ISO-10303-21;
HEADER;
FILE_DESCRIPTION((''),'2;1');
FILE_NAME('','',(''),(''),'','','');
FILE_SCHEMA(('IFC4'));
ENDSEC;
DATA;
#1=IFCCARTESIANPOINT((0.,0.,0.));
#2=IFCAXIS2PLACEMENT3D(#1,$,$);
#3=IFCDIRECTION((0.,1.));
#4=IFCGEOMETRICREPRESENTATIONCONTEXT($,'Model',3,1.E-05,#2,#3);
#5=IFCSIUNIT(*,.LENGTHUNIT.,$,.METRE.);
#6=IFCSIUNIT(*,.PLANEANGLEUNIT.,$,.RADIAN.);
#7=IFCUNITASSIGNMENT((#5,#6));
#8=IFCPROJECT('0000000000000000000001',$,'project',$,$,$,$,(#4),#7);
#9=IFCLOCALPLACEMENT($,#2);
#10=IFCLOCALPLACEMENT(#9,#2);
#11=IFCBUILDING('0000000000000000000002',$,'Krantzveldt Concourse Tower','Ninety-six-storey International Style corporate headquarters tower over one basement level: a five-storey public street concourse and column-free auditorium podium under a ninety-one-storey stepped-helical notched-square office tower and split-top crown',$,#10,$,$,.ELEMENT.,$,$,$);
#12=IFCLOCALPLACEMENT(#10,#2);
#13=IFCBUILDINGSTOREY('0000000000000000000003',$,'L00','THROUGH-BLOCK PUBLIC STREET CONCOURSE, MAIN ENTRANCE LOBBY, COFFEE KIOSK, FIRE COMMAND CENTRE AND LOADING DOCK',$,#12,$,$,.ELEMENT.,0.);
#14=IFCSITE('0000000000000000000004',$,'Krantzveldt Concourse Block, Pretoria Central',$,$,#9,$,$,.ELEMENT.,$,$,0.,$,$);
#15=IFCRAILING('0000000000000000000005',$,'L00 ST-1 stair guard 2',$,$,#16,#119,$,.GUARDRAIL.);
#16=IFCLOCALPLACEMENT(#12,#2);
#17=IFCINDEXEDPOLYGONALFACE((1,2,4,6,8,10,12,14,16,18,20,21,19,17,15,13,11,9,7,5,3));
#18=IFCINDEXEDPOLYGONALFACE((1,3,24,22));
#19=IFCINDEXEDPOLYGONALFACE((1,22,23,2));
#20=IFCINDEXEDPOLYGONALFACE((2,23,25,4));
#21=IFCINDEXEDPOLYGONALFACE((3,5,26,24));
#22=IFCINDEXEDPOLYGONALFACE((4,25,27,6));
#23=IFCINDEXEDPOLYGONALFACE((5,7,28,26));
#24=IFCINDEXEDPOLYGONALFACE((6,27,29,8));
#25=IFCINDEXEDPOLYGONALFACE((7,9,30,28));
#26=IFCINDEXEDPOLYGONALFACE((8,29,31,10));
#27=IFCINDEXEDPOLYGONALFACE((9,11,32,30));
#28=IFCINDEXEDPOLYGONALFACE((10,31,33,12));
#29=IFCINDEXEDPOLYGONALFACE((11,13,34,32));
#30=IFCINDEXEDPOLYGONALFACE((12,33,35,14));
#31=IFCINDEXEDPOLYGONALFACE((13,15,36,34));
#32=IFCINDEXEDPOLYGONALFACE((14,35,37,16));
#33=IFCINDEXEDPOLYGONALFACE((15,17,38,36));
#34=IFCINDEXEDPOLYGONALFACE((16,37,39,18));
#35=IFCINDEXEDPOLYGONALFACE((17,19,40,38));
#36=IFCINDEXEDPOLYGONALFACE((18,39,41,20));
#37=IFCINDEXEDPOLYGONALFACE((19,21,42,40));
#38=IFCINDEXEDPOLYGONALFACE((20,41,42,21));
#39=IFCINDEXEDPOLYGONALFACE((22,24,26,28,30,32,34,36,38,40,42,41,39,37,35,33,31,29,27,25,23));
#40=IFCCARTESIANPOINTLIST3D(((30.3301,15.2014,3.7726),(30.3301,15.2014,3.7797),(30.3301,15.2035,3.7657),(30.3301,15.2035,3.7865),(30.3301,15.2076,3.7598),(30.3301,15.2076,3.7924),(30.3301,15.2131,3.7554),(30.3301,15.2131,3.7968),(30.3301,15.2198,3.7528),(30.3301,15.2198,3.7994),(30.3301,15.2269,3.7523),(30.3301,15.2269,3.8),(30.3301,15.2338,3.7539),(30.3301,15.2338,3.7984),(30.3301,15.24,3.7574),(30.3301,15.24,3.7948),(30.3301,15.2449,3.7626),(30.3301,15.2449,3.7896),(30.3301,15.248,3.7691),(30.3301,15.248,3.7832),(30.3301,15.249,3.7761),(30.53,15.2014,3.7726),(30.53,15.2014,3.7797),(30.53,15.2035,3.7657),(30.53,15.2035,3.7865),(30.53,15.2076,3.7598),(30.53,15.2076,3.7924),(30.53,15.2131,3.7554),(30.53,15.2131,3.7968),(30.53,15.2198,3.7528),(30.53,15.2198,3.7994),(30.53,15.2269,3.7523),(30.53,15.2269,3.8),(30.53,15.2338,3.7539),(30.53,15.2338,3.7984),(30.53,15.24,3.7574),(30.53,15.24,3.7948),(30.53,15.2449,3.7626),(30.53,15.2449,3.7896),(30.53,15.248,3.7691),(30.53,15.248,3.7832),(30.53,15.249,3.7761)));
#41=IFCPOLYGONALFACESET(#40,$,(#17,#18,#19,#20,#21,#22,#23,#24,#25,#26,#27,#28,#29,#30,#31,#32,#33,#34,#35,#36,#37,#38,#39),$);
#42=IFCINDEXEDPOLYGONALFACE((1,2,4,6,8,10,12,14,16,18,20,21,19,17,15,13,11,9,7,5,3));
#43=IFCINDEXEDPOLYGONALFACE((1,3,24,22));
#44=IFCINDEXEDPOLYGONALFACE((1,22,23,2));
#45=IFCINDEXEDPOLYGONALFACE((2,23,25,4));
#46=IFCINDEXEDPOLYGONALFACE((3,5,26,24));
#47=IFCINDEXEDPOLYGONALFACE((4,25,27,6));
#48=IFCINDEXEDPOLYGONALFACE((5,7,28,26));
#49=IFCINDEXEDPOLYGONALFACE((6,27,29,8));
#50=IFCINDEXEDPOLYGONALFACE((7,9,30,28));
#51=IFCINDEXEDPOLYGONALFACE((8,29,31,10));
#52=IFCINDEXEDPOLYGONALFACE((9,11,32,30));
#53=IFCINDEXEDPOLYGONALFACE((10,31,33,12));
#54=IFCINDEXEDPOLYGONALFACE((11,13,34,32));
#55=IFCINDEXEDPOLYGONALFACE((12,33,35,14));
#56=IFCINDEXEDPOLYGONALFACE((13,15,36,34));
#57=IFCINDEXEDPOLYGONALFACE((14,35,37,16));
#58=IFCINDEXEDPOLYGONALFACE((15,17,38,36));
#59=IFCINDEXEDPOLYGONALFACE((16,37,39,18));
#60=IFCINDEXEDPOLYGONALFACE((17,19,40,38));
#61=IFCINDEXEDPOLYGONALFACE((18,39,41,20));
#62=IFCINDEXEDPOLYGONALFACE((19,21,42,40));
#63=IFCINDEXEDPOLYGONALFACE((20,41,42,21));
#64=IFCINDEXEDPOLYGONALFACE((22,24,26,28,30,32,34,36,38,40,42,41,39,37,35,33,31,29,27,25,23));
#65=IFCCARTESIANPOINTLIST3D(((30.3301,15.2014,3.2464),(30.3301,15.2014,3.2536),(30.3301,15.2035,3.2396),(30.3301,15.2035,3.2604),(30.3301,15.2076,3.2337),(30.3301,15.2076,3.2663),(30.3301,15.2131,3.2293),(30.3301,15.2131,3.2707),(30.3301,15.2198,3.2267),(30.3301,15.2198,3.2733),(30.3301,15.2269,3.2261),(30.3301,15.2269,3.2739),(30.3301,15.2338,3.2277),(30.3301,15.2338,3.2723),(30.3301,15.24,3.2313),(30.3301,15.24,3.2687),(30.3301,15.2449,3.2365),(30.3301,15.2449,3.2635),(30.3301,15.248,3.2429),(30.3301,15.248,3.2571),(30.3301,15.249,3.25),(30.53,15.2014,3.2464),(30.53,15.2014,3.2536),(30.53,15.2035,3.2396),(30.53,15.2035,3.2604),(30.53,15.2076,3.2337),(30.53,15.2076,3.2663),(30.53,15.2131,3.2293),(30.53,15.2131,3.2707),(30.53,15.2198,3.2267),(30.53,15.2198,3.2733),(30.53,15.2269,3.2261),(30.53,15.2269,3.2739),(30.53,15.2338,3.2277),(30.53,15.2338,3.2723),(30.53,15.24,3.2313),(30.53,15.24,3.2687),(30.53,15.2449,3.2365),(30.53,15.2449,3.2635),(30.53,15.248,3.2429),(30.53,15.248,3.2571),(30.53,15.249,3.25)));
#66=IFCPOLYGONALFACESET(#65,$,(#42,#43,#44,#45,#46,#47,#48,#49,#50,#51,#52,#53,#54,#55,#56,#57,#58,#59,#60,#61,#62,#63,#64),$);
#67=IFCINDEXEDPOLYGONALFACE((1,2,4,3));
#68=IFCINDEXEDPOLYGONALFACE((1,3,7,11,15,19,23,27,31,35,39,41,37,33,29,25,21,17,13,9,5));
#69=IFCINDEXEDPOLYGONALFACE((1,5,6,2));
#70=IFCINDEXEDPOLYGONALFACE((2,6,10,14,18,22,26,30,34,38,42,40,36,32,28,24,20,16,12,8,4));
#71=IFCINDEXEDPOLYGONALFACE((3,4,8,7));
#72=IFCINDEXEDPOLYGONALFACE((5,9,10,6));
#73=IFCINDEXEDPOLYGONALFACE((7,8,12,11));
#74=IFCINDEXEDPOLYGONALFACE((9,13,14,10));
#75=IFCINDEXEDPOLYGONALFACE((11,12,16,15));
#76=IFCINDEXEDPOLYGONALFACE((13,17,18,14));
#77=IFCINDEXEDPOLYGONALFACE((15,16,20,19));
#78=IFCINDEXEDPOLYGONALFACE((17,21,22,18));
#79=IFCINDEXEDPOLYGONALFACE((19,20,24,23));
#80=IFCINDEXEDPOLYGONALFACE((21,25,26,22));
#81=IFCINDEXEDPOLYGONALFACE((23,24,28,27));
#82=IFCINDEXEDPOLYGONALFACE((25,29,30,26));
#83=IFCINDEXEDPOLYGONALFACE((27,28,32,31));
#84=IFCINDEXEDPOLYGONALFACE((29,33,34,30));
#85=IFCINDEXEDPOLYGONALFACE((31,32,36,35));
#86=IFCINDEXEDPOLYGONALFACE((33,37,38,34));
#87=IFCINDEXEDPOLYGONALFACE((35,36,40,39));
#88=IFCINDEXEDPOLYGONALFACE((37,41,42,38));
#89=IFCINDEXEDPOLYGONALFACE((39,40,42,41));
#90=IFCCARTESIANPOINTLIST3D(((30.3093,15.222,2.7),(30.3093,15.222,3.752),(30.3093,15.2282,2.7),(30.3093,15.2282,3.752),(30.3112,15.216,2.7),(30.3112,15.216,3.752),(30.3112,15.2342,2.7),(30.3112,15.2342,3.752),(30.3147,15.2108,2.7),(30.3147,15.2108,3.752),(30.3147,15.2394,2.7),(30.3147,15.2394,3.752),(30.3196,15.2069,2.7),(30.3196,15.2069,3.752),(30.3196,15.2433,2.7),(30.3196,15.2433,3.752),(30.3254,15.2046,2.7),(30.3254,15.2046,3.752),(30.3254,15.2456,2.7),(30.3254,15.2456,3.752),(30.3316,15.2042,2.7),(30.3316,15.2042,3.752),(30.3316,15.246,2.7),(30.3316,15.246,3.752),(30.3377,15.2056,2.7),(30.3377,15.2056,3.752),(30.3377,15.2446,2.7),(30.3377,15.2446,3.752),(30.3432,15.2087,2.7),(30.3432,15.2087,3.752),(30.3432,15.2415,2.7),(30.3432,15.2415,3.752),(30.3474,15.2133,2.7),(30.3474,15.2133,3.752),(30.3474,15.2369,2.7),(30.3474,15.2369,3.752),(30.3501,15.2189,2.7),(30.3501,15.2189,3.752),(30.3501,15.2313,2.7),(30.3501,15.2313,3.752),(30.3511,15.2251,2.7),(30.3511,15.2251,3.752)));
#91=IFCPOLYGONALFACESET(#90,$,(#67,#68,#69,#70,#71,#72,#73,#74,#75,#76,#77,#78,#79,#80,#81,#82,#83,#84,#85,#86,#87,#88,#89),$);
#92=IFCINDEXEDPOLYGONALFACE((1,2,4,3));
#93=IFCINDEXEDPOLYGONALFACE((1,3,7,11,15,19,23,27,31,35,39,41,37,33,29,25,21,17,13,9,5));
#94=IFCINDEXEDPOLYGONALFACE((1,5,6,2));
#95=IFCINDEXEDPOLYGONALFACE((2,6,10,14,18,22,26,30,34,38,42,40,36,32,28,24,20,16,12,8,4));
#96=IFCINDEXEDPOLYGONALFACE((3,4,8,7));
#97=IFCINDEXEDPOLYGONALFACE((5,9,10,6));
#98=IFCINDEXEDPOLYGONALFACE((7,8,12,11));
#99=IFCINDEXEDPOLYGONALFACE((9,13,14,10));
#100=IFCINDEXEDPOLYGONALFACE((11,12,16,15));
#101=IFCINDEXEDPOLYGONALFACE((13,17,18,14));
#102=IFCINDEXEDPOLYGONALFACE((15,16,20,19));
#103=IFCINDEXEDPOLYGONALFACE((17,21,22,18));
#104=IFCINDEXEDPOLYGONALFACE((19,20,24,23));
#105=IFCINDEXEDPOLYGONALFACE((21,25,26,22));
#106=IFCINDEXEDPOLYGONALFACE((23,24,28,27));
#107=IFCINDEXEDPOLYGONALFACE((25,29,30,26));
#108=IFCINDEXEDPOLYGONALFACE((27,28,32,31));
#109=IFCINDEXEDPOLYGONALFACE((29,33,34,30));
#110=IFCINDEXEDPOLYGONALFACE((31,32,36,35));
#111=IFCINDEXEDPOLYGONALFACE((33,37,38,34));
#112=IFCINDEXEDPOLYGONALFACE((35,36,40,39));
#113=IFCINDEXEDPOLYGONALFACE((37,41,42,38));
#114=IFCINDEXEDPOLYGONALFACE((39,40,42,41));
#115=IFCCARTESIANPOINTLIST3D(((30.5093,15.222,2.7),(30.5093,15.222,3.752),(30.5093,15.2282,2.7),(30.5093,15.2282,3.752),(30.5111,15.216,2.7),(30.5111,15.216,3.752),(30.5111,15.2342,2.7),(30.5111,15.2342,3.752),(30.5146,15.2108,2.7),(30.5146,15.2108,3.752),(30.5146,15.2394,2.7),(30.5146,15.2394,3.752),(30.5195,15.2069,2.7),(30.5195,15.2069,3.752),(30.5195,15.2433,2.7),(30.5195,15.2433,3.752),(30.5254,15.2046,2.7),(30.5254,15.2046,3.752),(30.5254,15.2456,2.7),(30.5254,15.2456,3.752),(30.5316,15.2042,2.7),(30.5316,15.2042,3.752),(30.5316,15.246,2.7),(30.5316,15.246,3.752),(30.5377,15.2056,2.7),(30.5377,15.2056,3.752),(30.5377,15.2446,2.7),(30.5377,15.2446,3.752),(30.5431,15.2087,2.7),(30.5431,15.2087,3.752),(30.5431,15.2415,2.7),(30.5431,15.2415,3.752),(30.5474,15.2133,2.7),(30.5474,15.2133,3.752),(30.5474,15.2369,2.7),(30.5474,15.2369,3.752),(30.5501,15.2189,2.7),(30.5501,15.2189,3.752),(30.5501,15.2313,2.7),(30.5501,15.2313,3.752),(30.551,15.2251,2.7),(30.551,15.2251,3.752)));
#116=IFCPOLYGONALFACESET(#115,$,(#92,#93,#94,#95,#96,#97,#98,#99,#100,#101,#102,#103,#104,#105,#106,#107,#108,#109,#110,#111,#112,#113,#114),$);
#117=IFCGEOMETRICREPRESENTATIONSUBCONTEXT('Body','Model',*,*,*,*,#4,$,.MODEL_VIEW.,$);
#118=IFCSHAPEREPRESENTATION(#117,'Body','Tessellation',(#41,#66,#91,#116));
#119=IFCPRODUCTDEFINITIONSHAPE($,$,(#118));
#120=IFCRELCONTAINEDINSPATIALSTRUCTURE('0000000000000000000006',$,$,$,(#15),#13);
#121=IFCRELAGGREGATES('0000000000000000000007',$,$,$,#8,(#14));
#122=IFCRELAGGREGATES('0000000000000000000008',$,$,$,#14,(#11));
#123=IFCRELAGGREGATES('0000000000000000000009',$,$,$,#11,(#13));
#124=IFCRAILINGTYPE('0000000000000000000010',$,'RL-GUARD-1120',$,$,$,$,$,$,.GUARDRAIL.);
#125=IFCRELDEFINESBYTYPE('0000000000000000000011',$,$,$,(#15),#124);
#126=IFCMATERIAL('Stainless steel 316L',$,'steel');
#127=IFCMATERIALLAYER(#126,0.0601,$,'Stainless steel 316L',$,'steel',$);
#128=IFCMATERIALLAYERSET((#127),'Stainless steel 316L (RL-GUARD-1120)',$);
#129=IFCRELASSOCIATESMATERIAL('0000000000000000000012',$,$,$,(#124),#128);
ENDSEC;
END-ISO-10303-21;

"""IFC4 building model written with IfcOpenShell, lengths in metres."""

from ifc_helpers import new_model, si_unit, direction, frame, origin, origin_2d, place, context, subcontext, project, spatial, circle, extrude, material, layer, layer_set, type_object, element, save


model = new_model("IFC4")

# Units and contexts
model_context = context("Model", 3, precision=1e-05, world=origin(), true_north=direction((0.0, 1.0)))
body_context = subcontext(model_context, "Body", "Model", "MODEL_VIEW")
ifc_project = project(units=[si_unit("LENGTHUNIT", "METRE"), si_unit("PLANEANGLEUNIT", "RADIAN")], contexts=[model_context])

# Site, building, storey
site_placement = place(None, origin())
site = spatial("IfcSite", under=ifc_project, at=site_placement, Name="Krantzveldt Concourse Block, Pretoria Central", CompositionType="ELEMENT", RefElevation=0.0)
building_placement = place(site_placement, origin())
building = spatial("IfcBuilding", under=site, at=building_placement, Name="Krantzveldt Concourse Tower", Description="Ninety-six-storey International Style corporate headquarters tower over one basement level: a five-storey public street concourse and column-free auditorium podium under a ninety-one-storey stepped-helical notched-square office tower and split-top crown", CompositionType="ELEMENT")
storey_placement = place(building_placement, origin())
storey = spatial("IfcBuildingStorey", under=building, at=storey_placement, Name="L00", Description="THROUGH-BLOCK PUBLIC STREET CONCOURSE, MAIN ENTRANCE LOBBY, COFFEE KIOSK, FIRE COMMAND CENTRE AND LOADING DOCK", CompositionType="ELEMENT", Elevation=0.0)

# Shared definitions
ifc_material_1 = material(Name="Stainless steel 316L", Category="steel")

# Railing
ifc_layer_1 = layer(ifc_material_1, 0.0601, Name="Stainless steel 316L", Category="steel")
ifc_layer_set_1 = layer_set([ifc_layer_1], Name="Stainless steel 316L (RL-GUARD-1120)")
railing_type_1 = type_object("IfcRailingType", Name="RL-GUARD-1120", PredefinedType="GUARDRAIL", material=ifc_layer_set_1)
railing_1_placement = place(storey_placement, frame((30.3301, 15.2251, 2.7)))
element("IfcRailing", 1, at=railing_1_placement, inside=storey, type_object=railing_type_1, Name="L00 ST-1 stair guard 2", PredefinedType="GUARDRAIL", context=body_context, shape_type="SweptSolid", body=[
    extrude(circle(Radius=0.0239, at=origin_2d()), frame((0.0, 0.0, 1.0762), z_axis=(1.0, 0.0, 0.0), x_axis=(0.0, 1.0, 0.0)), (0.0, 0.0, 1.0), 0.2),
    extrude(circle(Radius=0.0239, at=origin_2d()), frame((0.0, 0.0, 0.55), z_axis=(1.0, 0.0, 0.0), x_axis=(0.0, 1.0, 0.0)), (0.0, 0.0, 1.0), 0.2),
    extrude(circle(Radius=0.021, at=origin_2d()), origin(), (0.0, 0.0, 1.0), 1.052),
    extrude(circle(Radius=0.021, at=origin_2d()), frame((0.2, 0.0, 0.0)), (0.0, 0.0, 1.0), 1.052),
])

save(model, "model.ifc")
